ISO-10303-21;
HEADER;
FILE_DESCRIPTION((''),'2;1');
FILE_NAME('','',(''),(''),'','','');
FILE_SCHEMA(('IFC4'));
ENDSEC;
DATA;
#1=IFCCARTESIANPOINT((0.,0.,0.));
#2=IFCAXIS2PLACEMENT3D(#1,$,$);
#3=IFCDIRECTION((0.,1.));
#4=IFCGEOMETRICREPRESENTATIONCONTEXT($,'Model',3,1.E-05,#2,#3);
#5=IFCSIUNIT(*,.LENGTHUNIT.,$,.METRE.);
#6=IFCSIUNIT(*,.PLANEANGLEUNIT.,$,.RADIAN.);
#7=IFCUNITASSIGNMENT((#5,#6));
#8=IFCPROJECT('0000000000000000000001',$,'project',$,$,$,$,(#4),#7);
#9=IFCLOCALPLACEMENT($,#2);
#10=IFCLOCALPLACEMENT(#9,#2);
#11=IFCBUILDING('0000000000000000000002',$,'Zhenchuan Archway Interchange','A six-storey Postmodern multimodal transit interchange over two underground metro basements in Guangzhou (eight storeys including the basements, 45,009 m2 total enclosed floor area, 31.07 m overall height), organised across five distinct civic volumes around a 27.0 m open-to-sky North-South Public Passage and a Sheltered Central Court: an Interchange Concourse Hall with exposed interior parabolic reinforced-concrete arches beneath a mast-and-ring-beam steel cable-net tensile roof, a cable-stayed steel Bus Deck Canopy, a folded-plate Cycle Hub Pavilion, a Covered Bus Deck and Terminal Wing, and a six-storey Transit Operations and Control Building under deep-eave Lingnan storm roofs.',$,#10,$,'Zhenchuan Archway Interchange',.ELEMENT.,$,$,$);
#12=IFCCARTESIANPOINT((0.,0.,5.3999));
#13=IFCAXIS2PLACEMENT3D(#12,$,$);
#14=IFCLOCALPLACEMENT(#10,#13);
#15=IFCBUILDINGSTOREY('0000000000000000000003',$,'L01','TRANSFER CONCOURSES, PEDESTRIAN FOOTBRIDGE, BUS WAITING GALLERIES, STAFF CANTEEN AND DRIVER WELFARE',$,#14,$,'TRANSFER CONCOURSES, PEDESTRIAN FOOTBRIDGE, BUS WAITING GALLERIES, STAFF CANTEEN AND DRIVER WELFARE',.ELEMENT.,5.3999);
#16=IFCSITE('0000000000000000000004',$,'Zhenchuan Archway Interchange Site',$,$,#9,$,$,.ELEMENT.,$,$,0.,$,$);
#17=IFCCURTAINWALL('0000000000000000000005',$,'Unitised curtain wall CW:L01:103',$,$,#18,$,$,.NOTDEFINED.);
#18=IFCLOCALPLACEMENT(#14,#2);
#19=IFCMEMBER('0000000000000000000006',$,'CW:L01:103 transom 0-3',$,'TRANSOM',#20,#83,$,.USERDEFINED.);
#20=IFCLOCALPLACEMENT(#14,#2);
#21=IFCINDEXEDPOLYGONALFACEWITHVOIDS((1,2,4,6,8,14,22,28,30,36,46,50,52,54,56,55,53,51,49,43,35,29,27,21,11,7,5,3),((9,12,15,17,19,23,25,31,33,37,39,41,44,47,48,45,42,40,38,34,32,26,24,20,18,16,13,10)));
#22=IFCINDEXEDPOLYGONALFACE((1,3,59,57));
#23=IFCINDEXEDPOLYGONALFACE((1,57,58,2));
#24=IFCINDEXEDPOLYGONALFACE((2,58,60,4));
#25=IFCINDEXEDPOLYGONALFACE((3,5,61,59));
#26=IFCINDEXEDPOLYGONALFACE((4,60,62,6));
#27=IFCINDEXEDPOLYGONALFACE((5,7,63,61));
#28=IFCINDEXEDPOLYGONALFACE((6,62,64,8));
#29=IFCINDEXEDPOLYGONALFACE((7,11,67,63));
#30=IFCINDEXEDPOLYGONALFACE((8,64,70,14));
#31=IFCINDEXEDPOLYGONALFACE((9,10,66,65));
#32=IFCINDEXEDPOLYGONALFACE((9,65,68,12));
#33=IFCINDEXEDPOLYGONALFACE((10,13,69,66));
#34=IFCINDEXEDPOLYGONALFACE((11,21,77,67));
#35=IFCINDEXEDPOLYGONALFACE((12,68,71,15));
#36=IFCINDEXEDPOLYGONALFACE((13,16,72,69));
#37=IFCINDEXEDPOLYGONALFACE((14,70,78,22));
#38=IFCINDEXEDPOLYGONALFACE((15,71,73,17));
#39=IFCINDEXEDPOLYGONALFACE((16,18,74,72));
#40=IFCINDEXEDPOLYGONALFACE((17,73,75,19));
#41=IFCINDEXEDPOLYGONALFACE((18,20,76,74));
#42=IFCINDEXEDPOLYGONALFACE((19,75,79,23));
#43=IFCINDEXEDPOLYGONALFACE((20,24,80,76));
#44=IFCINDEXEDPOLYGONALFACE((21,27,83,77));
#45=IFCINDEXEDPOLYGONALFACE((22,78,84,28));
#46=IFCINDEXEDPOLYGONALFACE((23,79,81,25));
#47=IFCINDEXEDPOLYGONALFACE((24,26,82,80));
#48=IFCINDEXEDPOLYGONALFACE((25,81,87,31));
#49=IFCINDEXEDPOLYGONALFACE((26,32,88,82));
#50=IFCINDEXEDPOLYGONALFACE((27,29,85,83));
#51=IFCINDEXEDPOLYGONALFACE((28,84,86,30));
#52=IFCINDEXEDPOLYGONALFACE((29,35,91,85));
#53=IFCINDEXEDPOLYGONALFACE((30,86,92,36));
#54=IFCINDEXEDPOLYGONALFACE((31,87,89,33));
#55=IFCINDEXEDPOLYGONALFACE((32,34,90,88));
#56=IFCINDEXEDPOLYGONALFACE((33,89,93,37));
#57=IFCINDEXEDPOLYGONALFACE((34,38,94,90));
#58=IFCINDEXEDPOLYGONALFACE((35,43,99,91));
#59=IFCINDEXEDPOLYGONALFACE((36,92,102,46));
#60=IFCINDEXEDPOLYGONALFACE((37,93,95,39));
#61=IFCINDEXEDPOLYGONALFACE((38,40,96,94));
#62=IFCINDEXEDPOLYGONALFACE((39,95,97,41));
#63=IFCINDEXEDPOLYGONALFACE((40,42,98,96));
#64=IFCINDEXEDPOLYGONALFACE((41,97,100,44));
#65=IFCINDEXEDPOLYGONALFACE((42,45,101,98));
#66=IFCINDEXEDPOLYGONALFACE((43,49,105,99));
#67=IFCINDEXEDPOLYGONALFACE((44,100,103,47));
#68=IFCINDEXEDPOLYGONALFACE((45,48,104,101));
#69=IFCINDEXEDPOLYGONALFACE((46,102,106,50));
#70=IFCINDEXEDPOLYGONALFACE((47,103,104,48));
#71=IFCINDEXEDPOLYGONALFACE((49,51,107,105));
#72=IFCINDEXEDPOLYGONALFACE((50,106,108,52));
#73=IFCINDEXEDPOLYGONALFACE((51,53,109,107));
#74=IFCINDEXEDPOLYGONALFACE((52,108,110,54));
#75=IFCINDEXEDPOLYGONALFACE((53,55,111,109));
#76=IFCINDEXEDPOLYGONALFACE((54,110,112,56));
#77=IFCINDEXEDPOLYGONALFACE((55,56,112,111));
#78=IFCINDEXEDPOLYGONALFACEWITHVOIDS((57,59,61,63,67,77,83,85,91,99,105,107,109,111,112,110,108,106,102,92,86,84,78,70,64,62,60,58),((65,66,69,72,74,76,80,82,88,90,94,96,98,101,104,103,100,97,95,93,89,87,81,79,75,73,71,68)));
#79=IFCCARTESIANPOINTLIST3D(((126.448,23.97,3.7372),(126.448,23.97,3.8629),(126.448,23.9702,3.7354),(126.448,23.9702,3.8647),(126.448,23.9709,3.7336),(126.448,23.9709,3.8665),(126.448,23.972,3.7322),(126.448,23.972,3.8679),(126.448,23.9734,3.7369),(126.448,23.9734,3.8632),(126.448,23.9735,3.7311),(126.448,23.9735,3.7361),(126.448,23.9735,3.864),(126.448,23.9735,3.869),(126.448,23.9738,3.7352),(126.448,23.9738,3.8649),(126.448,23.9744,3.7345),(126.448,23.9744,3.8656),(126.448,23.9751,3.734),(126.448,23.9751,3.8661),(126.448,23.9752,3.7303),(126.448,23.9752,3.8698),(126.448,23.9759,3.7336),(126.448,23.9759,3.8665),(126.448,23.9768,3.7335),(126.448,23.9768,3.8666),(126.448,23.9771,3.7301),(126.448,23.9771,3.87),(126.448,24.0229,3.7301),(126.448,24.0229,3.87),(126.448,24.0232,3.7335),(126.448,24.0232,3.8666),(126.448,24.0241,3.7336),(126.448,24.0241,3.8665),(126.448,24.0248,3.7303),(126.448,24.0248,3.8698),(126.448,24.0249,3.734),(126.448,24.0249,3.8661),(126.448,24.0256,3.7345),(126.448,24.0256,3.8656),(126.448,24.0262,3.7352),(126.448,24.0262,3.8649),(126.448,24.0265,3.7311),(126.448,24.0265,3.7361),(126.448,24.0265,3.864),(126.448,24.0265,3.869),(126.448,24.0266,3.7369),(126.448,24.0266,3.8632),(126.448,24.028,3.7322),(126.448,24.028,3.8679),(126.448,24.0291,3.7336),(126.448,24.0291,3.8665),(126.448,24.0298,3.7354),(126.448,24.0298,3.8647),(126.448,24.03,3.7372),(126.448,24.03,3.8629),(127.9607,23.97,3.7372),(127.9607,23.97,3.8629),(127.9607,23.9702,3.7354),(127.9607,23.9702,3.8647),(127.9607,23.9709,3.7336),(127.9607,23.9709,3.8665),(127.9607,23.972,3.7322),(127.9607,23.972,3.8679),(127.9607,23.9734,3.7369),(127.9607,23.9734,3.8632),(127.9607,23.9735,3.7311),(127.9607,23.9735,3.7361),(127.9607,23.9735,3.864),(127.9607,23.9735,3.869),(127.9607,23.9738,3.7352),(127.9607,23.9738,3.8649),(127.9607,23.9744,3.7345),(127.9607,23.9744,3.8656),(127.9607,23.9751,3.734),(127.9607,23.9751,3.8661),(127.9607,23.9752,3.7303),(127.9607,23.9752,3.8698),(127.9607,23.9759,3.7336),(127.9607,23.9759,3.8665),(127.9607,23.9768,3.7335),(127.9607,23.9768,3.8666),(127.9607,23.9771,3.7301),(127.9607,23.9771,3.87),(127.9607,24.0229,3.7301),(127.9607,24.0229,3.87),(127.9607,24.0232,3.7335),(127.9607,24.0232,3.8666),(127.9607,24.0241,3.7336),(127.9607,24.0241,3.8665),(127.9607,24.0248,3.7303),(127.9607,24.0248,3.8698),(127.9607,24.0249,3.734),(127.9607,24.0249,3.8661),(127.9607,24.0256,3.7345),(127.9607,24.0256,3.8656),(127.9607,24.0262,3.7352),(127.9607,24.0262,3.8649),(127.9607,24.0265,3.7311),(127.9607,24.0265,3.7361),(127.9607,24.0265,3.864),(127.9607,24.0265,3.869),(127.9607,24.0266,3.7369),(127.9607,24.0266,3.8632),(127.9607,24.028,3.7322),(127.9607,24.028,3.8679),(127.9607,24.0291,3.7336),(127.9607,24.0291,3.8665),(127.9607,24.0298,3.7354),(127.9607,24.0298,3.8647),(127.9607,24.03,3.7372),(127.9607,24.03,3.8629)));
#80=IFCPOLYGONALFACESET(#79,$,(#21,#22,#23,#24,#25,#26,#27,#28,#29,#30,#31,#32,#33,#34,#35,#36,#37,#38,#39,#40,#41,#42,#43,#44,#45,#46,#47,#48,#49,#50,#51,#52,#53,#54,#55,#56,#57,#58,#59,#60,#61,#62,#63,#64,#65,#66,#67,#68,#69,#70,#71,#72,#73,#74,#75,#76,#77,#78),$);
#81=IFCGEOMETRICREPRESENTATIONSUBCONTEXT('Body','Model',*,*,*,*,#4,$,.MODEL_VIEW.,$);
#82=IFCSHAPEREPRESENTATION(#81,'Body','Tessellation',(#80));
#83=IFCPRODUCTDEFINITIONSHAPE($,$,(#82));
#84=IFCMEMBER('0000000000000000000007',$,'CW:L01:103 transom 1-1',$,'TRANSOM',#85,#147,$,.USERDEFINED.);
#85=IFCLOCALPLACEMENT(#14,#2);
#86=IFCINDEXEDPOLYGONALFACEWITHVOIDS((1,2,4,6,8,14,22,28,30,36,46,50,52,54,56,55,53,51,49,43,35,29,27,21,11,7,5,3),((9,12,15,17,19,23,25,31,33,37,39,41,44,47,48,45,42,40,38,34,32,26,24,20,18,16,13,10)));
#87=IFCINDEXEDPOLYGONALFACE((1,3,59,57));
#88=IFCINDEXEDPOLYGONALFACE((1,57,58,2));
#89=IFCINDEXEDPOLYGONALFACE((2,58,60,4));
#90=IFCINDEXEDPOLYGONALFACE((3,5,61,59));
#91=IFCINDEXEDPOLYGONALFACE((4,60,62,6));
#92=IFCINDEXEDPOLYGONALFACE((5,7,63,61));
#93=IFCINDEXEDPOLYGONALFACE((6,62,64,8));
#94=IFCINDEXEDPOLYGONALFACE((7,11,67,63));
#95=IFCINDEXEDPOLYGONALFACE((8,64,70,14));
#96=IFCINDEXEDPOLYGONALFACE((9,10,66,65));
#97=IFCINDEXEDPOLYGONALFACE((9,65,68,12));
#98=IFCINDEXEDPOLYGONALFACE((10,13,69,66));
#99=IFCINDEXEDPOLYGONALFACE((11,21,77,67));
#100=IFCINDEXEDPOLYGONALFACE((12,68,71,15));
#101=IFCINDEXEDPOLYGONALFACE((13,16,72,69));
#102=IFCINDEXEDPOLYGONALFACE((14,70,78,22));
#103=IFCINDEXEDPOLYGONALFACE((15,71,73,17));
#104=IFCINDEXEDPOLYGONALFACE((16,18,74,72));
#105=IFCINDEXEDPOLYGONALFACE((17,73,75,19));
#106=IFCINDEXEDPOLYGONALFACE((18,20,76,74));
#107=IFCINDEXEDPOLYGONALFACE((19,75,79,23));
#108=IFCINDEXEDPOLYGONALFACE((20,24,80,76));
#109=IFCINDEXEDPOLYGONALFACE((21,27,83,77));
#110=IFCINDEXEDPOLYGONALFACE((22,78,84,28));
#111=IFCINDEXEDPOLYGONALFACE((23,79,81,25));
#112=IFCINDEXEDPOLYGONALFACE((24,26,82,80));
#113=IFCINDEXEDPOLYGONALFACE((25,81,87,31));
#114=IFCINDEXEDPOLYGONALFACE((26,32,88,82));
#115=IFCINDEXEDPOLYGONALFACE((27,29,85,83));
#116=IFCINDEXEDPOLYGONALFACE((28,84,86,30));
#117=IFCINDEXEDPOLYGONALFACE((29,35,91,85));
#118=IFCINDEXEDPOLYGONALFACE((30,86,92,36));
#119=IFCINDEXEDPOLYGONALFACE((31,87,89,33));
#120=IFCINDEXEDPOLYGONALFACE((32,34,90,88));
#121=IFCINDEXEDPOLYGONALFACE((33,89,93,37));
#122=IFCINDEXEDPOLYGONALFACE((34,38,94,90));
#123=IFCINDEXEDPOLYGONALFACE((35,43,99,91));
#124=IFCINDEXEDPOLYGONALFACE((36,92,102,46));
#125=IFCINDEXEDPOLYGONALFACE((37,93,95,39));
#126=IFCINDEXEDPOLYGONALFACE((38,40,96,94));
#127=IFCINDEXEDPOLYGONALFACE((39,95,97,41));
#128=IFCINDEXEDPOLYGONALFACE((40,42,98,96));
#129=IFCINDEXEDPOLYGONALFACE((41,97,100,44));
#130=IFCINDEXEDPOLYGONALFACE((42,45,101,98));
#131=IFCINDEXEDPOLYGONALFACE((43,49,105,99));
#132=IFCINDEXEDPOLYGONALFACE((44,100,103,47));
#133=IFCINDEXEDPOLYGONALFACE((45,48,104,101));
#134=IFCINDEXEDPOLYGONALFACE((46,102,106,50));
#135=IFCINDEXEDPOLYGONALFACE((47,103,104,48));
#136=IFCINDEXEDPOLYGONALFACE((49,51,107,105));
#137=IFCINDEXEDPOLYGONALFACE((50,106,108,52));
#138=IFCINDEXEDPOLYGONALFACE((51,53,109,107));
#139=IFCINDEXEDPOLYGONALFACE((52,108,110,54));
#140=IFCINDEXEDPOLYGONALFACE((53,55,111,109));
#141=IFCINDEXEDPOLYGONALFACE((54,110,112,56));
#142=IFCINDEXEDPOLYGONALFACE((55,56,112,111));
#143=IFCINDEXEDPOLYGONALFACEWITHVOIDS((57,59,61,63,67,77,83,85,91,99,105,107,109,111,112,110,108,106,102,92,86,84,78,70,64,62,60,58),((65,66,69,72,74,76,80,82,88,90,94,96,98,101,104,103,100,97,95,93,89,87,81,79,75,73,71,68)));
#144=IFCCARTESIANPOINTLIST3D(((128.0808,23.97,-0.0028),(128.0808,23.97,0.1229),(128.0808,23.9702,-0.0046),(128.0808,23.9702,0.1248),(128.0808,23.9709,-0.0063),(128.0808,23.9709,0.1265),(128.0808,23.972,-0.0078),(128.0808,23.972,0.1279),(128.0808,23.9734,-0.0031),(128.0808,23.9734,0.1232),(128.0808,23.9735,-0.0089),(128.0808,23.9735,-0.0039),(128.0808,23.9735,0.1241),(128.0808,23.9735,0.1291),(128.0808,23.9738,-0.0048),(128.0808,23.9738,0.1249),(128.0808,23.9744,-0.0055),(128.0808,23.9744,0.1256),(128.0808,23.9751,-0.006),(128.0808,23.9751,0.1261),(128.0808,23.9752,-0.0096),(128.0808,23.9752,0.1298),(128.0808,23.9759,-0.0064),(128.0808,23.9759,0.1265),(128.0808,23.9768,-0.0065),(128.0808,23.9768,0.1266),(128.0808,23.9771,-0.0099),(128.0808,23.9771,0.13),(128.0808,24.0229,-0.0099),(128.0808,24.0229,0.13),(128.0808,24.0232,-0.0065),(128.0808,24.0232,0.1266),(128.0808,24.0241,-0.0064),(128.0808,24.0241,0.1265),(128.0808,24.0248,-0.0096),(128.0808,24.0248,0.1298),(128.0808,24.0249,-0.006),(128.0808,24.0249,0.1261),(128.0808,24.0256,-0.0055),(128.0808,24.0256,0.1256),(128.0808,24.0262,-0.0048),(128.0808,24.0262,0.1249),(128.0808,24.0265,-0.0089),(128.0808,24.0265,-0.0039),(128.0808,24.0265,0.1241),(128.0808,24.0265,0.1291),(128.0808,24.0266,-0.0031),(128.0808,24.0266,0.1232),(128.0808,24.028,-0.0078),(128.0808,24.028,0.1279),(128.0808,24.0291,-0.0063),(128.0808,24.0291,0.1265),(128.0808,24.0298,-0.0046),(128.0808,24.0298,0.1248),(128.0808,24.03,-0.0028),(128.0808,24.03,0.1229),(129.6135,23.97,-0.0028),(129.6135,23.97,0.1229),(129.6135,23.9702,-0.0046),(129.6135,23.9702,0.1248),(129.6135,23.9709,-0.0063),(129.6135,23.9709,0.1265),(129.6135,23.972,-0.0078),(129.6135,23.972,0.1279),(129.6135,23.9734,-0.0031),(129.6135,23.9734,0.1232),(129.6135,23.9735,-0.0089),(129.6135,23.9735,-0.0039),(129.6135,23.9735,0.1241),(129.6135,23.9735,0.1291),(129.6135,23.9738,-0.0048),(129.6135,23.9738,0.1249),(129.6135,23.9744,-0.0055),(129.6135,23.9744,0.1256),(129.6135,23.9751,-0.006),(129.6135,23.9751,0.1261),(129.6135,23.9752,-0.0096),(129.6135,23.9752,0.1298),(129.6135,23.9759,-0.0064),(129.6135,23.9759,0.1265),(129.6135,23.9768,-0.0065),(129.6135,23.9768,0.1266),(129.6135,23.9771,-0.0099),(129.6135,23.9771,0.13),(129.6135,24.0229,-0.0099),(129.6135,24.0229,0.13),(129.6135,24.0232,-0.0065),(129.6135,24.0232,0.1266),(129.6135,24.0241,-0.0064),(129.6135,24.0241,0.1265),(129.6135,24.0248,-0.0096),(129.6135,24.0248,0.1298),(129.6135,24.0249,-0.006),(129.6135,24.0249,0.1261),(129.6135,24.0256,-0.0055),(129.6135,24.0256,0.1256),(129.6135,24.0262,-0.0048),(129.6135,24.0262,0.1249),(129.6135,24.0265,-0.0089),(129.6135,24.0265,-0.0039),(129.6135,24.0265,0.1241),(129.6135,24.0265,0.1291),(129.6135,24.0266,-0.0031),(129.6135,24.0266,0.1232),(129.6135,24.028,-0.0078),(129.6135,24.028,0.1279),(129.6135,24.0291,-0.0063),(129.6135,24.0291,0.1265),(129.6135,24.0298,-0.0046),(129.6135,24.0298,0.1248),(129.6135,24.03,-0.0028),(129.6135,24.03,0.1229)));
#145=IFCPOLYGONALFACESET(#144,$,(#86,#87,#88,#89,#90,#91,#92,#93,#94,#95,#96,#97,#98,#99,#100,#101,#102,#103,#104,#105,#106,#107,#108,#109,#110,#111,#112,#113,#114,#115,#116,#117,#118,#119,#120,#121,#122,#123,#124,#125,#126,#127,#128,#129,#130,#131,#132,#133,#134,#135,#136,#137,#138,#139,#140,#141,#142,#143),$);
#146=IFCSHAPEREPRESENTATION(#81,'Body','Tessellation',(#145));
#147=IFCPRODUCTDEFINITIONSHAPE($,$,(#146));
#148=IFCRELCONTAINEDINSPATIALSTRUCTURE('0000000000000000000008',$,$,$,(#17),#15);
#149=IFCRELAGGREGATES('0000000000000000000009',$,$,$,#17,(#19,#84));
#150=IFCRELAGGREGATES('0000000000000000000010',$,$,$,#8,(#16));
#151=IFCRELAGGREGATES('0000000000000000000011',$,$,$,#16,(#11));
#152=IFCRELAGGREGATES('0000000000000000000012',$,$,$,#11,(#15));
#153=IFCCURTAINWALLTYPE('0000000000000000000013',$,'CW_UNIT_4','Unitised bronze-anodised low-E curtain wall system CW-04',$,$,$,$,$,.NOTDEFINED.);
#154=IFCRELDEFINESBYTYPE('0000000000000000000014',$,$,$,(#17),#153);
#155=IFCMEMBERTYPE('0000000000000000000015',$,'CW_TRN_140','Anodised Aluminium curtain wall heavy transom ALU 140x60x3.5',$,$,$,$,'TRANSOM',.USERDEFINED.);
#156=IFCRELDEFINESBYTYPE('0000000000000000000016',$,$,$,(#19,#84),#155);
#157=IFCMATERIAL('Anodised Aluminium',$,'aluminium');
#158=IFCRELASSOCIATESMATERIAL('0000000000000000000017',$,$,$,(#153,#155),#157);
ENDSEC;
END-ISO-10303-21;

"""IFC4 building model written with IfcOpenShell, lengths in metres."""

from ifc_helpers import new_model, si_unit, direction, frame, origin, origin_2d, place, context, subcontext, project, spatial, hollow_rectangle, extrude, material, material_profile, profile_set, type_object, element, aggregate, save


model = new_model("IFC4")

# Units and contexts
model_context = context("Model", 3, precision=1e-05, world=origin(), true_north=direction((0.0, 1.0)))
body_context = subcontext(model_context, "Body", "Model", "MODEL_VIEW")
ifc_project = project(units=[si_unit("LENGTHUNIT", "METRE"), si_unit("PLANEANGLEUNIT", "RADIAN")], contexts=[model_context])

# Site, building, storey
site_placement = place(None, origin())
site = spatial("IfcSite", under=ifc_project, at=site_placement, Name="Zhenchuan Archway Interchange Site", CompositionType="ELEMENT", RefElevation=0.0)
building_placement = place(site_placement, origin())
building = spatial("IfcBuilding", under=site, at=building_placement, Name="Zhenchuan Archway Interchange", Description="A six-storey Postmodern multimodal transit interchange over two underground metro basements in Guangzhou (eight storeys including the basements, 45,009 m2 total enclosed floor area, 31.07 m overall height), organised across five distinct civic volumes around a 27.0 m open-to-sky North-South Public Passage and a Sheltered Central Court: an Interchange Concourse Hall with exposed interior parabolic reinforced-concrete arches beneath a mast-and-ring-beam steel cable-net tensile roof, a cable-stayed steel Bus Deck Canopy, a folded-plate Cycle Hub Pavilion, a Covered Bus Deck and Terminal Wing, and a six-storey Transit Operations and Control Building under deep-eave Lingnan storm roofs.", LongName="Zhenchuan Archway Interchange", CompositionType="ELEMENT")
storey_placement = place(building_placement, frame((0.0, 0.0, 5.3999)))
storey = spatial("IfcBuildingStorey", under=building, at=storey_placement, Name="L01", Description="TRANSFER CONCOURSES, PEDESTRIAN FOOTBRIDGE, BUS WAITING GALLERIES, STAFF CANTEEN AND DRIVER WELFARE", LongName="TRANSFER CONCOURSES, PEDESTRIAN FOOTBRIDGE, BUS WAITING GALLERIES, STAFF CANTEEN AND DRIVER WELFARE", CompositionType="ELEMENT", Elevation=5.3999)

# Shared definitions
ifc_material_1 = material(Name="Anodised Aluminium", Category="aluminium")
curtain_wall_type = type_object("IfcCurtainWallType", Name="CW_UNIT_4", Description="Unitised bronze-anodised low-E curtain wall system CW-04", PredefinedType="NOTDEFINED", material=ifc_material_1)

# Curtain wall, members
curtain_wall_1_placement = place(storey_placement, origin())
curtain_wall_1 = element("IfcCurtainWall", 1, at=curtain_wall_1_placement, inside=storey, type_object=curtain_wall_type, Name="Unitised curtain wall CW:L01:103", PredefinedType="NOTDEFINED")
ifc_material_profile_1 = material_profile(ifc_material_1, hollow_rectangle(XDim=0.0601, YDim=0.1399, WallThickness=0.0034, InnerFilletRadius=0.0034, OuterFilletRadius=0.0071, at=origin_2d()), Name="ALU 140x60x3.5")
ifc_profile_set_1 = profile_set([ifc_material_profile_1], Name="Anodised Aluminium")
member_type_1 = type_object("IfcMemberType", Name="CW_TRN_140", Description="Anodised Aluminium curtain wall heavy transom ALU 140x60x3.5", ElementType="TRANSOM", PredefinedType="USERDEFINED", material=ifc_profile_set_1)
member_1_placement = place(storey_placement, frame((126.448, 24.0, 3.8), z_axis=(1.0, 0.0, 0.0), x_axis=(0.0, 1.0, 0.0)))
member_1 = element("IfcMember", 2, at=member_1_placement, type_object=member_type_1, Name="CW:L01:103 transom 0-3", ObjectType="TRANSOM", PredefinedType="USERDEFINED", context=body_context, shape_type="SweptSolid", body=[
    extrude(hollow_rectangle(XDim=0.0601, YDim=0.1399, WallThickness=0.0034, InnerFilletRadius=0.0034, OuterFilletRadius=0.0071, at=origin_2d()), origin(), (0.0, 0.0, 1.0), 1.5127),
])
member_2_placement = place(storey_placement, frame((128.0808, 24.0, 0.0601), z_axis=(1.0, 0.0, 0.0), x_axis=(0.0, 1.0, 0.0)))
member_2 = element("IfcMember", 3, at=member_2_placement, type_object=member_type_1, Name="CW:L01:103 transom 1-1", ObjectType="TRANSOM", PredefinedType="USERDEFINED", context=body_context, shape_type="SweptSolid", body=[
    extrude(hollow_rectangle(XDim=0.0601, YDim=0.1399, WallThickness=0.0034, InnerFilletRadius=0.0034, OuterFilletRadius=0.0071, at=origin_2d()), origin(), (0.0, 0.0, 1.0), 1.5327),
])

aggregate(curtain_wall_1, [member_1, member_2])

save(model, "model.ifc")
